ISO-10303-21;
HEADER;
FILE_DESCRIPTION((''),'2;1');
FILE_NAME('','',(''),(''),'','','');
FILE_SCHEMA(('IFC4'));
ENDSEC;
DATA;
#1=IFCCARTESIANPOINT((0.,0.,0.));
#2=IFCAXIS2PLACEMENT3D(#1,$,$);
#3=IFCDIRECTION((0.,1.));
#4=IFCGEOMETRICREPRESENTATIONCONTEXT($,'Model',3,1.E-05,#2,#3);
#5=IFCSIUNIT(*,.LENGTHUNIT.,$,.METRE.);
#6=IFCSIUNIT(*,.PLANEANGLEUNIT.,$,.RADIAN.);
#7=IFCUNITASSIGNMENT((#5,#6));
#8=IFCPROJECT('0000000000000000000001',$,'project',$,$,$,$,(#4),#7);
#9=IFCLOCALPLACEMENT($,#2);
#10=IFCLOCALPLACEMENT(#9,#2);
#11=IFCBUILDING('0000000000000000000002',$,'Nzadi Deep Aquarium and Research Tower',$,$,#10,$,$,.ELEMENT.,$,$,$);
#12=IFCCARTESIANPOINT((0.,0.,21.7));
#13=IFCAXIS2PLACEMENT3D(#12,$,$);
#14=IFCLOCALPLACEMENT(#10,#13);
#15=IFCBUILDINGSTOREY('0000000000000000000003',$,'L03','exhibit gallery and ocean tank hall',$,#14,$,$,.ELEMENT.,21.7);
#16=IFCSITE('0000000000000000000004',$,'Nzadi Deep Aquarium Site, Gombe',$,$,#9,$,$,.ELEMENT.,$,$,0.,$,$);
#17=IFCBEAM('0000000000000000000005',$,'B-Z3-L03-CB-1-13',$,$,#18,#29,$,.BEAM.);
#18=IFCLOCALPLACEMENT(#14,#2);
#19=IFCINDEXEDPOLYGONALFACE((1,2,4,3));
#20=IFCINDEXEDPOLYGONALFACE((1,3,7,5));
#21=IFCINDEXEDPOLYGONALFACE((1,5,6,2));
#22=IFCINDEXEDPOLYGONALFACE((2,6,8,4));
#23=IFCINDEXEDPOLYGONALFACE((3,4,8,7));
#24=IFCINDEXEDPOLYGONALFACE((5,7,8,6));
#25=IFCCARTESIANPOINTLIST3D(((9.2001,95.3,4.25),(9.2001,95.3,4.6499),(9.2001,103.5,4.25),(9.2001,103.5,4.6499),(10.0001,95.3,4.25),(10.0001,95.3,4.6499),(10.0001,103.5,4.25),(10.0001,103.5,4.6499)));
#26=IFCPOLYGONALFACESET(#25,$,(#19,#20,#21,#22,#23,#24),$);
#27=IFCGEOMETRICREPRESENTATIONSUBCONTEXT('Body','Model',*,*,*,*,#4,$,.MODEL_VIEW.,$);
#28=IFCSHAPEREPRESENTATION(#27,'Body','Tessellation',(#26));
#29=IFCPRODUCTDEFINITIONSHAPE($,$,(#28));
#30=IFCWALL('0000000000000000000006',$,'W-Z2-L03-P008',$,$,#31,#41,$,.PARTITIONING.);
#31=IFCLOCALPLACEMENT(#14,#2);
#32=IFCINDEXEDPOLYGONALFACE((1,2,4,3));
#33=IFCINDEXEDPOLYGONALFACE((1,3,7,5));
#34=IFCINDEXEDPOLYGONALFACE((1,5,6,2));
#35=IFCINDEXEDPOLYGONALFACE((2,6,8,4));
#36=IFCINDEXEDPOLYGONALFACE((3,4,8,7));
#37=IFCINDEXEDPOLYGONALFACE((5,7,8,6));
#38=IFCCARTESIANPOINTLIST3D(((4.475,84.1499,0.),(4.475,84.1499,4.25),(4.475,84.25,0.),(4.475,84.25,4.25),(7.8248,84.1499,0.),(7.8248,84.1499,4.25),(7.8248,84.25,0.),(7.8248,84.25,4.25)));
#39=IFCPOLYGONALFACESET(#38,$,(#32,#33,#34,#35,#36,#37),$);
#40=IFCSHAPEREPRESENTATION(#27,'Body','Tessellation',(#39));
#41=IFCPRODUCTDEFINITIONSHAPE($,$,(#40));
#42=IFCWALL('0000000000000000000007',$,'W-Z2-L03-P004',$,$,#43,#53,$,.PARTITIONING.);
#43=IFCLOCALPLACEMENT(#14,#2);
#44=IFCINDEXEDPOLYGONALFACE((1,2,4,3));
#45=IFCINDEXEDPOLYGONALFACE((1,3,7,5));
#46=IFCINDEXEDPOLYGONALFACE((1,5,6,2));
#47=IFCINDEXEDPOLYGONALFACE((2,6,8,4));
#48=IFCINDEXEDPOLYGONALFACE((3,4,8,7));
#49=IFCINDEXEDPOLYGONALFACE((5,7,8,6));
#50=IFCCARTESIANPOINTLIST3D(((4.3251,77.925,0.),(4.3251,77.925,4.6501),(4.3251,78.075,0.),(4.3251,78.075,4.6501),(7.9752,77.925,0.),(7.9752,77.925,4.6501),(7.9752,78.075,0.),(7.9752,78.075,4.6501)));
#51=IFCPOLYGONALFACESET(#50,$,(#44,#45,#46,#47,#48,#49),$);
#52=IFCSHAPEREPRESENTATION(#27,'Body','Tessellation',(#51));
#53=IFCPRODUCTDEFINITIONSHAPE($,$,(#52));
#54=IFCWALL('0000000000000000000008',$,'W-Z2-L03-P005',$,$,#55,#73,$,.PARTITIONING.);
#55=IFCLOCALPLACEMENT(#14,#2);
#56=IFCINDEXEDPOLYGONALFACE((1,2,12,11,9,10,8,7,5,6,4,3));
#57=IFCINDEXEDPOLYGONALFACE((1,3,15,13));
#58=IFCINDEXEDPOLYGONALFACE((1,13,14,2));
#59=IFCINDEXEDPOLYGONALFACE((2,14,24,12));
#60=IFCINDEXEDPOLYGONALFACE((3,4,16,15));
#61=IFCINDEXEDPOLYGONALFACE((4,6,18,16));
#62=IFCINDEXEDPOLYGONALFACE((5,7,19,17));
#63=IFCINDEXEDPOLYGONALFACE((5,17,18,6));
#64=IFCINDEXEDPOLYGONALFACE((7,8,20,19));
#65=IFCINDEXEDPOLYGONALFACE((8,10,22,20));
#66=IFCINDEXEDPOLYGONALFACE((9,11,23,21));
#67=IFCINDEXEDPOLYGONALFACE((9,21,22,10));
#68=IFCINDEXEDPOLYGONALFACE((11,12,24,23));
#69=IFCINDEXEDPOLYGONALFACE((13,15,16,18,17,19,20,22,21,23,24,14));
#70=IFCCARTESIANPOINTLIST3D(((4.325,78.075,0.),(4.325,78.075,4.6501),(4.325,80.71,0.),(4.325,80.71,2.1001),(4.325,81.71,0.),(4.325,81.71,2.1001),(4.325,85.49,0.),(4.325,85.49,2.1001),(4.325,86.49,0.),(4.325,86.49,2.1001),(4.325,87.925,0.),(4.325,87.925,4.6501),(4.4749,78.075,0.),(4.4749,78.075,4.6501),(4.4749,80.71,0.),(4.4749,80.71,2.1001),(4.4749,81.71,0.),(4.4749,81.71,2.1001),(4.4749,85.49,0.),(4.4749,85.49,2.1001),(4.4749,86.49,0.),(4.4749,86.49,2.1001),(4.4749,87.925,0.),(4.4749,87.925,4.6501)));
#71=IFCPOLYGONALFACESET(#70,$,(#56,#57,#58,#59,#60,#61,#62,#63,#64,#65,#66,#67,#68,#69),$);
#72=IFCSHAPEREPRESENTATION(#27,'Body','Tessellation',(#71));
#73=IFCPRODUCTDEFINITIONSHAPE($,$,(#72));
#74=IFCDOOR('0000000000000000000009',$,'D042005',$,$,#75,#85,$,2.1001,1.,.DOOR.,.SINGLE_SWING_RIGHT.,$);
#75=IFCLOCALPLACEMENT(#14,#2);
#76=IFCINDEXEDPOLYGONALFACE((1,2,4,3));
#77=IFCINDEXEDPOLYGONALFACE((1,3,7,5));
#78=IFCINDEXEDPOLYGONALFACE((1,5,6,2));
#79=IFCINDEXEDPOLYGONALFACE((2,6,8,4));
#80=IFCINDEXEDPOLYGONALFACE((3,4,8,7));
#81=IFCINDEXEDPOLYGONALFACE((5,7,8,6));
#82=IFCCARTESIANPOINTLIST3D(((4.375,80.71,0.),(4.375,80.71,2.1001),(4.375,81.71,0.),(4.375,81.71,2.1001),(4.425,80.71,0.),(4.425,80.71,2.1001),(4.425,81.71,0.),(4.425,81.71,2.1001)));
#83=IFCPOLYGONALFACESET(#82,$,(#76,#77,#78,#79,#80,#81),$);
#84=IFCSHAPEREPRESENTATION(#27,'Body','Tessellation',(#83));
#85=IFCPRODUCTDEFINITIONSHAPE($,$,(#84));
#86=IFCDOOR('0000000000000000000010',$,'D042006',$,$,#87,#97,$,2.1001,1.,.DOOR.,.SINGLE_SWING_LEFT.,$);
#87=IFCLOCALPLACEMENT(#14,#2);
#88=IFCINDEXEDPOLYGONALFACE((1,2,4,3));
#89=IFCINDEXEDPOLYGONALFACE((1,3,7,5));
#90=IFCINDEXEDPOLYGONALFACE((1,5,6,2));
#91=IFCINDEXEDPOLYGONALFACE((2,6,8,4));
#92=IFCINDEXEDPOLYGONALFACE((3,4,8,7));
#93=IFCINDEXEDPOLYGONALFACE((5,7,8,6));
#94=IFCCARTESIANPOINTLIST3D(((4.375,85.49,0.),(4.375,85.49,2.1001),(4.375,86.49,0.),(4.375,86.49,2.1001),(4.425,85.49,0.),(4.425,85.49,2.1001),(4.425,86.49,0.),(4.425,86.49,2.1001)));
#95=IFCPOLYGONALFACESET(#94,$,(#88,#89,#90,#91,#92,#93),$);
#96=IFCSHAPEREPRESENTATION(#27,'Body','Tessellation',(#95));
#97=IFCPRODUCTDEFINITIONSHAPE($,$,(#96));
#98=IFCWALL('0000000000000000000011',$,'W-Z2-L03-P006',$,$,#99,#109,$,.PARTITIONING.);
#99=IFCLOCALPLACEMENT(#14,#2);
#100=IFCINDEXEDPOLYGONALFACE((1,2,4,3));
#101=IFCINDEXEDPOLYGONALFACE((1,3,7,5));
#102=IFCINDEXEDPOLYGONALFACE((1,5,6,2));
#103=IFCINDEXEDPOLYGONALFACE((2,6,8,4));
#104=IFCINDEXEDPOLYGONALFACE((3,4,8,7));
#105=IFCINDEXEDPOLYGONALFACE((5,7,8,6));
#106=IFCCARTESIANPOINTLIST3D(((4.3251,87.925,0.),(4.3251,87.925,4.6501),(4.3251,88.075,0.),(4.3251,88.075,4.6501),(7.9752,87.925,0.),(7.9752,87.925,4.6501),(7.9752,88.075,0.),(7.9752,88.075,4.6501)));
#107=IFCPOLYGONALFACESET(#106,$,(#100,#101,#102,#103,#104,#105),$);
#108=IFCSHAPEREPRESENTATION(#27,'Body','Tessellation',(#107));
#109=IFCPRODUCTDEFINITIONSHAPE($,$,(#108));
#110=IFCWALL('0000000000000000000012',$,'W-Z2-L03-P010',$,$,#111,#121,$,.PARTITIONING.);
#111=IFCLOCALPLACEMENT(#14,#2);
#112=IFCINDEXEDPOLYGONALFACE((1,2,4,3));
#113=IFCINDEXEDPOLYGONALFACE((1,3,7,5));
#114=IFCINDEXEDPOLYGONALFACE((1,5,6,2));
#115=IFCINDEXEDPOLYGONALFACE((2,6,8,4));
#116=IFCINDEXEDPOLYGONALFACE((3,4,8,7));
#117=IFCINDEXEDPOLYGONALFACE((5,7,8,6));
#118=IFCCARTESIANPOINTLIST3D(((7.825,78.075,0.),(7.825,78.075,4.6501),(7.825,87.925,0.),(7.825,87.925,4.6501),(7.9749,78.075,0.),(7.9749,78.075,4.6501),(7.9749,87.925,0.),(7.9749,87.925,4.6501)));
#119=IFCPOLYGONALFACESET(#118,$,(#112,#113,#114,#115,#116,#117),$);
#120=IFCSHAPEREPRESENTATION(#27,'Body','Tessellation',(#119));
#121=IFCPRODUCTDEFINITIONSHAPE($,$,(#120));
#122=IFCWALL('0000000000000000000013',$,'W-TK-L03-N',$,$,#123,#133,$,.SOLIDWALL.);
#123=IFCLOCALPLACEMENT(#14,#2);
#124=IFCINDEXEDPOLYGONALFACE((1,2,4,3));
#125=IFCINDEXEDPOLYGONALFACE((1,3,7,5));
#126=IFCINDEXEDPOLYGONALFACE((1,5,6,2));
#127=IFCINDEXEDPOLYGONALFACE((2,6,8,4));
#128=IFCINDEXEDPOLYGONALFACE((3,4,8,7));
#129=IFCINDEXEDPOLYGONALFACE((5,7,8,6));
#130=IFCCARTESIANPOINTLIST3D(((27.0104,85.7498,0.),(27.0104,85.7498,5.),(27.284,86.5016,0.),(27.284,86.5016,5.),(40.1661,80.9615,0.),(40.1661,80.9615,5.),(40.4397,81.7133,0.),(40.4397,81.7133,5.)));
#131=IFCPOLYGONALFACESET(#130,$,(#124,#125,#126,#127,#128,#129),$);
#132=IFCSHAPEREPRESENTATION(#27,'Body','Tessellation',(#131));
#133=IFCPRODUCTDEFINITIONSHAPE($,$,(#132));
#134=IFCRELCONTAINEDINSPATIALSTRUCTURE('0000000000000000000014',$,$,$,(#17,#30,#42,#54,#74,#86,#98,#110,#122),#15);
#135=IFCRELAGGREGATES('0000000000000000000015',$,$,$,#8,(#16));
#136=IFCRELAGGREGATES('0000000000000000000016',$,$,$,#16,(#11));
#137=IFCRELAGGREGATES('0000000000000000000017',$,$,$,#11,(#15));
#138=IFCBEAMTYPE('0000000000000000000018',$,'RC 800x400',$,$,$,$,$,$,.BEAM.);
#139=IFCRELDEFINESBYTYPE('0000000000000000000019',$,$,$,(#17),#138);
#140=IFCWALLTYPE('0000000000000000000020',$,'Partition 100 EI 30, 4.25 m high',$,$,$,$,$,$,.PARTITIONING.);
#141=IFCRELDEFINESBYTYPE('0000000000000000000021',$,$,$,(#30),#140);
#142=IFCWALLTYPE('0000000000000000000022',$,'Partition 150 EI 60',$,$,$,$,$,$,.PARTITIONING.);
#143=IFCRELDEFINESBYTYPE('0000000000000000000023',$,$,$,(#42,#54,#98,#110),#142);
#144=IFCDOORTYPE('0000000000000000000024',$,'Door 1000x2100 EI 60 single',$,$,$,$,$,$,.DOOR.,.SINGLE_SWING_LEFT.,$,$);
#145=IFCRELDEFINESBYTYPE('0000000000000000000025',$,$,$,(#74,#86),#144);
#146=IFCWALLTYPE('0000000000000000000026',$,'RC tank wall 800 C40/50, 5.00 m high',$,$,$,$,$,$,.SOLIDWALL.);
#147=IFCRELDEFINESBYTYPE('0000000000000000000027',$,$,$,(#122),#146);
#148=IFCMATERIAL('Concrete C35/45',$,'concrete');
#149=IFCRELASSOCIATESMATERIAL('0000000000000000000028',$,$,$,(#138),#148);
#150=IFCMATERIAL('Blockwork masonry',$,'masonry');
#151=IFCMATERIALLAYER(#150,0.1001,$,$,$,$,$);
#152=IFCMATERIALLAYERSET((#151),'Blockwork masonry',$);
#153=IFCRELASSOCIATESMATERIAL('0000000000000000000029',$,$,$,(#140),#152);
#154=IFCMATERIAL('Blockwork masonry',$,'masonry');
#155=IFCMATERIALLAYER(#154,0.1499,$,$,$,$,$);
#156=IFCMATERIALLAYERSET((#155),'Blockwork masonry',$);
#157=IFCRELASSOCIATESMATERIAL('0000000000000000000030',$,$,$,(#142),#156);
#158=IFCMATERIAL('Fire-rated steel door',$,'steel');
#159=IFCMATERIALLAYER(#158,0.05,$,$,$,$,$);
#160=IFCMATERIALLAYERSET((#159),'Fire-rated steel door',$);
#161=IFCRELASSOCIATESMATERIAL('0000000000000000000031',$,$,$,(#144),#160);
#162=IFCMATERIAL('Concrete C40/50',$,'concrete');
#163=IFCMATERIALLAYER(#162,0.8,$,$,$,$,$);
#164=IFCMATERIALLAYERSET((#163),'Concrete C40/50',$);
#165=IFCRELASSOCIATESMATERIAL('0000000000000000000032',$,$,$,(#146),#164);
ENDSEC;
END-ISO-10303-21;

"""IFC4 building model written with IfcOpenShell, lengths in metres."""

from ifc_helpers import new_model, si_unit, direction, frame, frame_2d, origin, origin_2d, place, context, subcontext, project, spatial, rectangle, extrude, material, layer, layer_set, material_profile, profile_set, type_object, element, fill, save


model = new_model("IFC4")

# Units and contexts
model_context = context("Model", 3, precision=1e-05, world=origin(), true_north=direction((0.0, 1.0)))
body_context = subcontext(model_context, "Body", "Model", "MODEL_VIEW")
ifc_project = project(units=[si_unit("LENGTHUNIT", "METRE"), si_unit("PLANEANGLEUNIT", "RADIAN")], contexts=[model_context])

# Site, building, storey
site_placement = place(None, origin())
site = spatial("IfcSite", under=ifc_project, at=site_placement, Name="Nzadi Deep Aquarium Site, Gombe", CompositionType="ELEMENT", RefElevation=0.0)
building_placement = place(site_placement, origin())
building = spatial("IfcBuilding", under=site, at=building_placement, Name="Nzadi Deep Aquarium and Research Tower", CompositionType="ELEMENT")
storey_placement = place(building_placement, frame((0.0, 0.0, 21.7)))
storey = spatial("IfcBuildingStorey", under=building, at=storey_placement, Name="L03", Description="exhibit gallery and ocean tank hall", CompositionType="ELEMENT", Elevation=21.7)

# Beam
ifc_material_1 = material(Name="Concrete C35/45", Category="concrete")
ifc_material_profile_1 = material_profile(ifc_material_1, rectangle(XDim=0.8, YDim=0.3999, at=origin_2d()))
ifc_profile_set_1 = profile_set([ifc_material_profile_1], Name="Concrete C35/45")
beam_type_1 = type_object("IfcBeamType", Name="RC 800x400", PredefinedType="BEAM", material=ifc_profile_set_1)
beam_1_placement = place(storey_placement, frame((9.6001, 95.3, 4.45), z_axis=(0.0, 1.0, 0.0), x_axis=(-1.0, 0.0, 0.0)))
element("IfcBeam", 1, at=beam_1_placement, inside=storey, type_object=beam_type_1, Name="B-Z3-L03-CB-1-13", PredefinedType="BEAM", context=body_context, shape_type="SweptSolid", body=[
    extrude(rectangle(XDim=0.8, YDim=0.3999, at=origin_2d()), origin(), (0.0, 0.0, 1.0), 8.2),
])

# Walls
ifc_material_2 = material(Name="Blockwork masonry", Category="masonry")
ifc_layer_1 = layer(ifc_material_2, 0.1001)
ifc_layer_set_1 = layer_set([ifc_layer_1], Name="Blockwork masonry")
wall_type_1 = type_object("IfcWallType", Name="Partition 100 EI 30, 4.25 m high", PredefinedType="PARTITIONING", material=ifc_layer_set_1)
wall_1_placement = place(storey_placement, frame((4.4751, 84.2, 0.0), z_axis=(0.0, 0.0, 1.0), x_axis=(1.0, 0.0, 0.0)))
element("IfcWall", 2, at=wall_1_placement, inside=storey, type_object=wall_type_1, Name="W-Z2-L03-P008", PredefinedType="PARTITIONING", context=body_context, shape_type="SweptSolid", body=[
    extrude(rectangle(XDim=3.3499, YDim=0.1001, at=frame_2d((1.6748, 0.0))), origin(), (0.0, 0.0, 1.0), 4.25),
])
ifc_material_3 = material(Name="Blockwork masonry", Category="masonry")
ifc_layer_2 = layer(ifc_material_3, 0.1499)
ifc_layer_set_2 = layer_set([ifc_layer_2], Name="Blockwork masonry")
wall_type_2 = type_object("IfcWallType", Name="Partition 150 EI 60", PredefinedType="PARTITIONING", material=ifc_layer_set_2)
wall_2_placement = place(storey_placement, frame((4.325, 78.0, 0.0), z_axis=(0.0, 0.0, 1.0), x_axis=(1.0, 0.0, 0.0)))
element("IfcWall", 3, at=wall_2_placement, inside=storey, type_object=wall_type_2, Name="W-Z2-L03-P004", PredefinedType="PARTITIONING", context=body_context, shape_type="SweptSolid", body=[
    extrude(rectangle(XDim=3.6501, YDim=0.1499, at=frame_2d((1.8252, 0.0))), origin(), (0.0, 0.0, 1.0), 4.6501),
])

# Wall, openings, doors
wall_3_placement = place(storey_placement, frame((4.3999, 78.075, 0.0), z_axis=(0.0, 0.0, 1.0), x_axis=(0.0, 1.0, 0.0)))
wall_3 = element("IfcWall", 4, at=wall_3_placement, inside=storey, type_object=wall_type_2, Name="W-Z2-L03-P005", PredefinedType="PARTITIONING", context=body_context, shape_type="SweptSolid", body=[
    extrude(rectangle(XDim=9.8501, YDim=0.1499, at=frame_2d((4.925, 0.0))), origin(), (0.0, 0.0, 1.0), 4.6501),
])
opening_1_placement = place(wall_3_placement, frame((2.635, 0.0, 0.0)))
opening_1 = element("IfcOpeningElement", 5, at=opening_1_placement, cuts=wall_3, PredefinedType="OPENING", context=body_context, shape_type="SweptSolid", body=[
    extrude(rectangle(XDim=1.0, YDim=2.1001, at=frame_2d((0.5, 1.05))), frame((0.0, 0.085, 0.0), z_axis=(0.0, -1.0, 0.0), x_axis=(1.0, 0.0, 0.0)), (0.0, 0.0, 1.0), 0.1699),
])
opening_2_placement = place(wall_3_placement, frame((7.415, 0.0, 0.0)))
opening_2 = element("IfcOpeningElement", 6, at=opening_2_placement, cuts=wall_3, PredefinedType="OPENING", context=body_context, shape_type="SweptSolid", body=[
    extrude(rectangle(XDim=1.0, YDim=2.1001, at=frame_2d((0.5, 1.05))), frame((0.0, 0.085, 0.0), z_axis=(0.0, -1.0, 0.0), x_axis=(1.0, 0.0, 0.0)), (0.0, 0.0, 1.0), 0.1699),
])
ifc_material_4 = material(Name="Fire-rated steel door", Category="steel")
ifc_layer_3 = layer(ifc_material_4, 0.05)
ifc_layer_set_3 = layer_set([ifc_layer_3], Name="Fire-rated steel door")
door_type_1 = type_object("IfcDoorType", Name="Door 1000x2100 EI 60 single", OperationType="SINGLE_SWING_LEFT", PredefinedType="DOOR", material=ifc_layer_set_3)
door_1_placement = place(opening_1_placement, origin())
door_1 = element("IfcDoor", 7, at=door_1_placement, inside=storey, type_object=door_type_1, Name="D042005", OperationType="SINGLE_SWING_RIGHT", OverallHeight=2.1001, OverallWidth=1.0, PredefinedType="DOOR", context=body_context, shape_type="SweptSolid", body=[
    extrude(rectangle(XDim=1.0, YDim=2.1001, at=frame_2d((0.5, 1.05))), frame((0.0, 0.0249, 0.0), z_axis=(0.0, -1.0, 0.0), x_axis=(1.0, 0.0, 0.0)), (0.0, 0.0, 1.0), 0.05),
])
fill(opening_1, door_1)
door_2_placement = place(opening_2_placement, origin())
door_2 = element("IfcDoor", 8, at=door_2_placement, inside=storey, type_object=door_type_1, Name="D042006", OperationType="SINGLE_SWING_LEFT", OverallHeight=2.1001, OverallWidth=1.0, PredefinedType="DOOR", context=body_context, shape_type="SweptSolid", body=[
    extrude(rectangle(XDim=1.0, YDim=2.1001, at=frame_2d((0.5, 1.05))), frame((0.0, 0.0249, 0.0), z_axis=(0.0, -1.0, 0.0), x_axis=(1.0, 0.0, 0.0)), (0.0, 0.0, 1.0), 0.05),
])
fill(opening_2, door_2)

# Walls
wall_4_placement = place(storey_placement, frame((4.325, 88.0, 0.0), z_axis=(0.0, 0.0, 1.0), x_axis=(1.0, 0.0, 0.0)))
element("IfcWall", 9, at=wall_4_placement, inside=storey, type_object=wall_type_2, Name="W-Z2-L03-P006", PredefinedType="PARTITIONING", context=body_context, shape_type="SweptSolid", body=[
    extrude(rectangle(XDim=3.6501, YDim=0.1499, at=frame_2d((1.8252, 0.0))), origin(), (0.0, 0.0, 1.0), 4.6501),
])
wall_5_placement = place(storey_placement, frame((7.8999, 78.075, 0.0), z_axis=(0.0, 0.0, 1.0), x_axis=(0.0, 1.0, 0.0)))
element("IfcWall", 10, at=wall_5_placement, inside=storey, type_object=wall_type_2, Name="W-Z2-L03-P010", PredefinedType="PARTITIONING", context=body_context, shape_type="SweptSolid", body=[
    extrude(rectangle(XDim=9.8501, YDim=0.1499, at=frame_2d((4.925, 0.0))), origin(), (0.0, 0.0, 1.0), 4.6501),
])

# Wall
ifc_material_5 = material(Name="Concrete C40/50", Category="concrete")
ifc_layer_4 = layer(ifc_material_5, 0.8)
ifc_layer_set_4 = layer_set([ifc_layer_4], Name="Concrete C40/50")
wall_type_3 = type_object("IfcWallType", Name="RC tank wall 800 C40/50, 5.00 m high", PredefinedType="SOLIDWALL", material=ifc_layer_set_4)
wall_6_placement = place(storey_placement, frame((27.1472, 86.1257, 0.0), z_axis=(0.0, 0.0, 1.0), x_axis=(0.939692, -0.342022, 0.0)))
element("IfcWall", 11, at=wall_6_placement, inside=storey, type_object=wall_type_3, Name="W-TK-L03-N", PredefinedType="SOLIDWALL", context=body_context, shape_type="SweptSolid", body=[
    extrude(rectangle(XDim=14.0, YDim=0.8, at=frame_2d((7.0, 0.0))), origin(), (0.0, 0.0, 1.0), 5.0),
])

save(model, "model.ifc")
